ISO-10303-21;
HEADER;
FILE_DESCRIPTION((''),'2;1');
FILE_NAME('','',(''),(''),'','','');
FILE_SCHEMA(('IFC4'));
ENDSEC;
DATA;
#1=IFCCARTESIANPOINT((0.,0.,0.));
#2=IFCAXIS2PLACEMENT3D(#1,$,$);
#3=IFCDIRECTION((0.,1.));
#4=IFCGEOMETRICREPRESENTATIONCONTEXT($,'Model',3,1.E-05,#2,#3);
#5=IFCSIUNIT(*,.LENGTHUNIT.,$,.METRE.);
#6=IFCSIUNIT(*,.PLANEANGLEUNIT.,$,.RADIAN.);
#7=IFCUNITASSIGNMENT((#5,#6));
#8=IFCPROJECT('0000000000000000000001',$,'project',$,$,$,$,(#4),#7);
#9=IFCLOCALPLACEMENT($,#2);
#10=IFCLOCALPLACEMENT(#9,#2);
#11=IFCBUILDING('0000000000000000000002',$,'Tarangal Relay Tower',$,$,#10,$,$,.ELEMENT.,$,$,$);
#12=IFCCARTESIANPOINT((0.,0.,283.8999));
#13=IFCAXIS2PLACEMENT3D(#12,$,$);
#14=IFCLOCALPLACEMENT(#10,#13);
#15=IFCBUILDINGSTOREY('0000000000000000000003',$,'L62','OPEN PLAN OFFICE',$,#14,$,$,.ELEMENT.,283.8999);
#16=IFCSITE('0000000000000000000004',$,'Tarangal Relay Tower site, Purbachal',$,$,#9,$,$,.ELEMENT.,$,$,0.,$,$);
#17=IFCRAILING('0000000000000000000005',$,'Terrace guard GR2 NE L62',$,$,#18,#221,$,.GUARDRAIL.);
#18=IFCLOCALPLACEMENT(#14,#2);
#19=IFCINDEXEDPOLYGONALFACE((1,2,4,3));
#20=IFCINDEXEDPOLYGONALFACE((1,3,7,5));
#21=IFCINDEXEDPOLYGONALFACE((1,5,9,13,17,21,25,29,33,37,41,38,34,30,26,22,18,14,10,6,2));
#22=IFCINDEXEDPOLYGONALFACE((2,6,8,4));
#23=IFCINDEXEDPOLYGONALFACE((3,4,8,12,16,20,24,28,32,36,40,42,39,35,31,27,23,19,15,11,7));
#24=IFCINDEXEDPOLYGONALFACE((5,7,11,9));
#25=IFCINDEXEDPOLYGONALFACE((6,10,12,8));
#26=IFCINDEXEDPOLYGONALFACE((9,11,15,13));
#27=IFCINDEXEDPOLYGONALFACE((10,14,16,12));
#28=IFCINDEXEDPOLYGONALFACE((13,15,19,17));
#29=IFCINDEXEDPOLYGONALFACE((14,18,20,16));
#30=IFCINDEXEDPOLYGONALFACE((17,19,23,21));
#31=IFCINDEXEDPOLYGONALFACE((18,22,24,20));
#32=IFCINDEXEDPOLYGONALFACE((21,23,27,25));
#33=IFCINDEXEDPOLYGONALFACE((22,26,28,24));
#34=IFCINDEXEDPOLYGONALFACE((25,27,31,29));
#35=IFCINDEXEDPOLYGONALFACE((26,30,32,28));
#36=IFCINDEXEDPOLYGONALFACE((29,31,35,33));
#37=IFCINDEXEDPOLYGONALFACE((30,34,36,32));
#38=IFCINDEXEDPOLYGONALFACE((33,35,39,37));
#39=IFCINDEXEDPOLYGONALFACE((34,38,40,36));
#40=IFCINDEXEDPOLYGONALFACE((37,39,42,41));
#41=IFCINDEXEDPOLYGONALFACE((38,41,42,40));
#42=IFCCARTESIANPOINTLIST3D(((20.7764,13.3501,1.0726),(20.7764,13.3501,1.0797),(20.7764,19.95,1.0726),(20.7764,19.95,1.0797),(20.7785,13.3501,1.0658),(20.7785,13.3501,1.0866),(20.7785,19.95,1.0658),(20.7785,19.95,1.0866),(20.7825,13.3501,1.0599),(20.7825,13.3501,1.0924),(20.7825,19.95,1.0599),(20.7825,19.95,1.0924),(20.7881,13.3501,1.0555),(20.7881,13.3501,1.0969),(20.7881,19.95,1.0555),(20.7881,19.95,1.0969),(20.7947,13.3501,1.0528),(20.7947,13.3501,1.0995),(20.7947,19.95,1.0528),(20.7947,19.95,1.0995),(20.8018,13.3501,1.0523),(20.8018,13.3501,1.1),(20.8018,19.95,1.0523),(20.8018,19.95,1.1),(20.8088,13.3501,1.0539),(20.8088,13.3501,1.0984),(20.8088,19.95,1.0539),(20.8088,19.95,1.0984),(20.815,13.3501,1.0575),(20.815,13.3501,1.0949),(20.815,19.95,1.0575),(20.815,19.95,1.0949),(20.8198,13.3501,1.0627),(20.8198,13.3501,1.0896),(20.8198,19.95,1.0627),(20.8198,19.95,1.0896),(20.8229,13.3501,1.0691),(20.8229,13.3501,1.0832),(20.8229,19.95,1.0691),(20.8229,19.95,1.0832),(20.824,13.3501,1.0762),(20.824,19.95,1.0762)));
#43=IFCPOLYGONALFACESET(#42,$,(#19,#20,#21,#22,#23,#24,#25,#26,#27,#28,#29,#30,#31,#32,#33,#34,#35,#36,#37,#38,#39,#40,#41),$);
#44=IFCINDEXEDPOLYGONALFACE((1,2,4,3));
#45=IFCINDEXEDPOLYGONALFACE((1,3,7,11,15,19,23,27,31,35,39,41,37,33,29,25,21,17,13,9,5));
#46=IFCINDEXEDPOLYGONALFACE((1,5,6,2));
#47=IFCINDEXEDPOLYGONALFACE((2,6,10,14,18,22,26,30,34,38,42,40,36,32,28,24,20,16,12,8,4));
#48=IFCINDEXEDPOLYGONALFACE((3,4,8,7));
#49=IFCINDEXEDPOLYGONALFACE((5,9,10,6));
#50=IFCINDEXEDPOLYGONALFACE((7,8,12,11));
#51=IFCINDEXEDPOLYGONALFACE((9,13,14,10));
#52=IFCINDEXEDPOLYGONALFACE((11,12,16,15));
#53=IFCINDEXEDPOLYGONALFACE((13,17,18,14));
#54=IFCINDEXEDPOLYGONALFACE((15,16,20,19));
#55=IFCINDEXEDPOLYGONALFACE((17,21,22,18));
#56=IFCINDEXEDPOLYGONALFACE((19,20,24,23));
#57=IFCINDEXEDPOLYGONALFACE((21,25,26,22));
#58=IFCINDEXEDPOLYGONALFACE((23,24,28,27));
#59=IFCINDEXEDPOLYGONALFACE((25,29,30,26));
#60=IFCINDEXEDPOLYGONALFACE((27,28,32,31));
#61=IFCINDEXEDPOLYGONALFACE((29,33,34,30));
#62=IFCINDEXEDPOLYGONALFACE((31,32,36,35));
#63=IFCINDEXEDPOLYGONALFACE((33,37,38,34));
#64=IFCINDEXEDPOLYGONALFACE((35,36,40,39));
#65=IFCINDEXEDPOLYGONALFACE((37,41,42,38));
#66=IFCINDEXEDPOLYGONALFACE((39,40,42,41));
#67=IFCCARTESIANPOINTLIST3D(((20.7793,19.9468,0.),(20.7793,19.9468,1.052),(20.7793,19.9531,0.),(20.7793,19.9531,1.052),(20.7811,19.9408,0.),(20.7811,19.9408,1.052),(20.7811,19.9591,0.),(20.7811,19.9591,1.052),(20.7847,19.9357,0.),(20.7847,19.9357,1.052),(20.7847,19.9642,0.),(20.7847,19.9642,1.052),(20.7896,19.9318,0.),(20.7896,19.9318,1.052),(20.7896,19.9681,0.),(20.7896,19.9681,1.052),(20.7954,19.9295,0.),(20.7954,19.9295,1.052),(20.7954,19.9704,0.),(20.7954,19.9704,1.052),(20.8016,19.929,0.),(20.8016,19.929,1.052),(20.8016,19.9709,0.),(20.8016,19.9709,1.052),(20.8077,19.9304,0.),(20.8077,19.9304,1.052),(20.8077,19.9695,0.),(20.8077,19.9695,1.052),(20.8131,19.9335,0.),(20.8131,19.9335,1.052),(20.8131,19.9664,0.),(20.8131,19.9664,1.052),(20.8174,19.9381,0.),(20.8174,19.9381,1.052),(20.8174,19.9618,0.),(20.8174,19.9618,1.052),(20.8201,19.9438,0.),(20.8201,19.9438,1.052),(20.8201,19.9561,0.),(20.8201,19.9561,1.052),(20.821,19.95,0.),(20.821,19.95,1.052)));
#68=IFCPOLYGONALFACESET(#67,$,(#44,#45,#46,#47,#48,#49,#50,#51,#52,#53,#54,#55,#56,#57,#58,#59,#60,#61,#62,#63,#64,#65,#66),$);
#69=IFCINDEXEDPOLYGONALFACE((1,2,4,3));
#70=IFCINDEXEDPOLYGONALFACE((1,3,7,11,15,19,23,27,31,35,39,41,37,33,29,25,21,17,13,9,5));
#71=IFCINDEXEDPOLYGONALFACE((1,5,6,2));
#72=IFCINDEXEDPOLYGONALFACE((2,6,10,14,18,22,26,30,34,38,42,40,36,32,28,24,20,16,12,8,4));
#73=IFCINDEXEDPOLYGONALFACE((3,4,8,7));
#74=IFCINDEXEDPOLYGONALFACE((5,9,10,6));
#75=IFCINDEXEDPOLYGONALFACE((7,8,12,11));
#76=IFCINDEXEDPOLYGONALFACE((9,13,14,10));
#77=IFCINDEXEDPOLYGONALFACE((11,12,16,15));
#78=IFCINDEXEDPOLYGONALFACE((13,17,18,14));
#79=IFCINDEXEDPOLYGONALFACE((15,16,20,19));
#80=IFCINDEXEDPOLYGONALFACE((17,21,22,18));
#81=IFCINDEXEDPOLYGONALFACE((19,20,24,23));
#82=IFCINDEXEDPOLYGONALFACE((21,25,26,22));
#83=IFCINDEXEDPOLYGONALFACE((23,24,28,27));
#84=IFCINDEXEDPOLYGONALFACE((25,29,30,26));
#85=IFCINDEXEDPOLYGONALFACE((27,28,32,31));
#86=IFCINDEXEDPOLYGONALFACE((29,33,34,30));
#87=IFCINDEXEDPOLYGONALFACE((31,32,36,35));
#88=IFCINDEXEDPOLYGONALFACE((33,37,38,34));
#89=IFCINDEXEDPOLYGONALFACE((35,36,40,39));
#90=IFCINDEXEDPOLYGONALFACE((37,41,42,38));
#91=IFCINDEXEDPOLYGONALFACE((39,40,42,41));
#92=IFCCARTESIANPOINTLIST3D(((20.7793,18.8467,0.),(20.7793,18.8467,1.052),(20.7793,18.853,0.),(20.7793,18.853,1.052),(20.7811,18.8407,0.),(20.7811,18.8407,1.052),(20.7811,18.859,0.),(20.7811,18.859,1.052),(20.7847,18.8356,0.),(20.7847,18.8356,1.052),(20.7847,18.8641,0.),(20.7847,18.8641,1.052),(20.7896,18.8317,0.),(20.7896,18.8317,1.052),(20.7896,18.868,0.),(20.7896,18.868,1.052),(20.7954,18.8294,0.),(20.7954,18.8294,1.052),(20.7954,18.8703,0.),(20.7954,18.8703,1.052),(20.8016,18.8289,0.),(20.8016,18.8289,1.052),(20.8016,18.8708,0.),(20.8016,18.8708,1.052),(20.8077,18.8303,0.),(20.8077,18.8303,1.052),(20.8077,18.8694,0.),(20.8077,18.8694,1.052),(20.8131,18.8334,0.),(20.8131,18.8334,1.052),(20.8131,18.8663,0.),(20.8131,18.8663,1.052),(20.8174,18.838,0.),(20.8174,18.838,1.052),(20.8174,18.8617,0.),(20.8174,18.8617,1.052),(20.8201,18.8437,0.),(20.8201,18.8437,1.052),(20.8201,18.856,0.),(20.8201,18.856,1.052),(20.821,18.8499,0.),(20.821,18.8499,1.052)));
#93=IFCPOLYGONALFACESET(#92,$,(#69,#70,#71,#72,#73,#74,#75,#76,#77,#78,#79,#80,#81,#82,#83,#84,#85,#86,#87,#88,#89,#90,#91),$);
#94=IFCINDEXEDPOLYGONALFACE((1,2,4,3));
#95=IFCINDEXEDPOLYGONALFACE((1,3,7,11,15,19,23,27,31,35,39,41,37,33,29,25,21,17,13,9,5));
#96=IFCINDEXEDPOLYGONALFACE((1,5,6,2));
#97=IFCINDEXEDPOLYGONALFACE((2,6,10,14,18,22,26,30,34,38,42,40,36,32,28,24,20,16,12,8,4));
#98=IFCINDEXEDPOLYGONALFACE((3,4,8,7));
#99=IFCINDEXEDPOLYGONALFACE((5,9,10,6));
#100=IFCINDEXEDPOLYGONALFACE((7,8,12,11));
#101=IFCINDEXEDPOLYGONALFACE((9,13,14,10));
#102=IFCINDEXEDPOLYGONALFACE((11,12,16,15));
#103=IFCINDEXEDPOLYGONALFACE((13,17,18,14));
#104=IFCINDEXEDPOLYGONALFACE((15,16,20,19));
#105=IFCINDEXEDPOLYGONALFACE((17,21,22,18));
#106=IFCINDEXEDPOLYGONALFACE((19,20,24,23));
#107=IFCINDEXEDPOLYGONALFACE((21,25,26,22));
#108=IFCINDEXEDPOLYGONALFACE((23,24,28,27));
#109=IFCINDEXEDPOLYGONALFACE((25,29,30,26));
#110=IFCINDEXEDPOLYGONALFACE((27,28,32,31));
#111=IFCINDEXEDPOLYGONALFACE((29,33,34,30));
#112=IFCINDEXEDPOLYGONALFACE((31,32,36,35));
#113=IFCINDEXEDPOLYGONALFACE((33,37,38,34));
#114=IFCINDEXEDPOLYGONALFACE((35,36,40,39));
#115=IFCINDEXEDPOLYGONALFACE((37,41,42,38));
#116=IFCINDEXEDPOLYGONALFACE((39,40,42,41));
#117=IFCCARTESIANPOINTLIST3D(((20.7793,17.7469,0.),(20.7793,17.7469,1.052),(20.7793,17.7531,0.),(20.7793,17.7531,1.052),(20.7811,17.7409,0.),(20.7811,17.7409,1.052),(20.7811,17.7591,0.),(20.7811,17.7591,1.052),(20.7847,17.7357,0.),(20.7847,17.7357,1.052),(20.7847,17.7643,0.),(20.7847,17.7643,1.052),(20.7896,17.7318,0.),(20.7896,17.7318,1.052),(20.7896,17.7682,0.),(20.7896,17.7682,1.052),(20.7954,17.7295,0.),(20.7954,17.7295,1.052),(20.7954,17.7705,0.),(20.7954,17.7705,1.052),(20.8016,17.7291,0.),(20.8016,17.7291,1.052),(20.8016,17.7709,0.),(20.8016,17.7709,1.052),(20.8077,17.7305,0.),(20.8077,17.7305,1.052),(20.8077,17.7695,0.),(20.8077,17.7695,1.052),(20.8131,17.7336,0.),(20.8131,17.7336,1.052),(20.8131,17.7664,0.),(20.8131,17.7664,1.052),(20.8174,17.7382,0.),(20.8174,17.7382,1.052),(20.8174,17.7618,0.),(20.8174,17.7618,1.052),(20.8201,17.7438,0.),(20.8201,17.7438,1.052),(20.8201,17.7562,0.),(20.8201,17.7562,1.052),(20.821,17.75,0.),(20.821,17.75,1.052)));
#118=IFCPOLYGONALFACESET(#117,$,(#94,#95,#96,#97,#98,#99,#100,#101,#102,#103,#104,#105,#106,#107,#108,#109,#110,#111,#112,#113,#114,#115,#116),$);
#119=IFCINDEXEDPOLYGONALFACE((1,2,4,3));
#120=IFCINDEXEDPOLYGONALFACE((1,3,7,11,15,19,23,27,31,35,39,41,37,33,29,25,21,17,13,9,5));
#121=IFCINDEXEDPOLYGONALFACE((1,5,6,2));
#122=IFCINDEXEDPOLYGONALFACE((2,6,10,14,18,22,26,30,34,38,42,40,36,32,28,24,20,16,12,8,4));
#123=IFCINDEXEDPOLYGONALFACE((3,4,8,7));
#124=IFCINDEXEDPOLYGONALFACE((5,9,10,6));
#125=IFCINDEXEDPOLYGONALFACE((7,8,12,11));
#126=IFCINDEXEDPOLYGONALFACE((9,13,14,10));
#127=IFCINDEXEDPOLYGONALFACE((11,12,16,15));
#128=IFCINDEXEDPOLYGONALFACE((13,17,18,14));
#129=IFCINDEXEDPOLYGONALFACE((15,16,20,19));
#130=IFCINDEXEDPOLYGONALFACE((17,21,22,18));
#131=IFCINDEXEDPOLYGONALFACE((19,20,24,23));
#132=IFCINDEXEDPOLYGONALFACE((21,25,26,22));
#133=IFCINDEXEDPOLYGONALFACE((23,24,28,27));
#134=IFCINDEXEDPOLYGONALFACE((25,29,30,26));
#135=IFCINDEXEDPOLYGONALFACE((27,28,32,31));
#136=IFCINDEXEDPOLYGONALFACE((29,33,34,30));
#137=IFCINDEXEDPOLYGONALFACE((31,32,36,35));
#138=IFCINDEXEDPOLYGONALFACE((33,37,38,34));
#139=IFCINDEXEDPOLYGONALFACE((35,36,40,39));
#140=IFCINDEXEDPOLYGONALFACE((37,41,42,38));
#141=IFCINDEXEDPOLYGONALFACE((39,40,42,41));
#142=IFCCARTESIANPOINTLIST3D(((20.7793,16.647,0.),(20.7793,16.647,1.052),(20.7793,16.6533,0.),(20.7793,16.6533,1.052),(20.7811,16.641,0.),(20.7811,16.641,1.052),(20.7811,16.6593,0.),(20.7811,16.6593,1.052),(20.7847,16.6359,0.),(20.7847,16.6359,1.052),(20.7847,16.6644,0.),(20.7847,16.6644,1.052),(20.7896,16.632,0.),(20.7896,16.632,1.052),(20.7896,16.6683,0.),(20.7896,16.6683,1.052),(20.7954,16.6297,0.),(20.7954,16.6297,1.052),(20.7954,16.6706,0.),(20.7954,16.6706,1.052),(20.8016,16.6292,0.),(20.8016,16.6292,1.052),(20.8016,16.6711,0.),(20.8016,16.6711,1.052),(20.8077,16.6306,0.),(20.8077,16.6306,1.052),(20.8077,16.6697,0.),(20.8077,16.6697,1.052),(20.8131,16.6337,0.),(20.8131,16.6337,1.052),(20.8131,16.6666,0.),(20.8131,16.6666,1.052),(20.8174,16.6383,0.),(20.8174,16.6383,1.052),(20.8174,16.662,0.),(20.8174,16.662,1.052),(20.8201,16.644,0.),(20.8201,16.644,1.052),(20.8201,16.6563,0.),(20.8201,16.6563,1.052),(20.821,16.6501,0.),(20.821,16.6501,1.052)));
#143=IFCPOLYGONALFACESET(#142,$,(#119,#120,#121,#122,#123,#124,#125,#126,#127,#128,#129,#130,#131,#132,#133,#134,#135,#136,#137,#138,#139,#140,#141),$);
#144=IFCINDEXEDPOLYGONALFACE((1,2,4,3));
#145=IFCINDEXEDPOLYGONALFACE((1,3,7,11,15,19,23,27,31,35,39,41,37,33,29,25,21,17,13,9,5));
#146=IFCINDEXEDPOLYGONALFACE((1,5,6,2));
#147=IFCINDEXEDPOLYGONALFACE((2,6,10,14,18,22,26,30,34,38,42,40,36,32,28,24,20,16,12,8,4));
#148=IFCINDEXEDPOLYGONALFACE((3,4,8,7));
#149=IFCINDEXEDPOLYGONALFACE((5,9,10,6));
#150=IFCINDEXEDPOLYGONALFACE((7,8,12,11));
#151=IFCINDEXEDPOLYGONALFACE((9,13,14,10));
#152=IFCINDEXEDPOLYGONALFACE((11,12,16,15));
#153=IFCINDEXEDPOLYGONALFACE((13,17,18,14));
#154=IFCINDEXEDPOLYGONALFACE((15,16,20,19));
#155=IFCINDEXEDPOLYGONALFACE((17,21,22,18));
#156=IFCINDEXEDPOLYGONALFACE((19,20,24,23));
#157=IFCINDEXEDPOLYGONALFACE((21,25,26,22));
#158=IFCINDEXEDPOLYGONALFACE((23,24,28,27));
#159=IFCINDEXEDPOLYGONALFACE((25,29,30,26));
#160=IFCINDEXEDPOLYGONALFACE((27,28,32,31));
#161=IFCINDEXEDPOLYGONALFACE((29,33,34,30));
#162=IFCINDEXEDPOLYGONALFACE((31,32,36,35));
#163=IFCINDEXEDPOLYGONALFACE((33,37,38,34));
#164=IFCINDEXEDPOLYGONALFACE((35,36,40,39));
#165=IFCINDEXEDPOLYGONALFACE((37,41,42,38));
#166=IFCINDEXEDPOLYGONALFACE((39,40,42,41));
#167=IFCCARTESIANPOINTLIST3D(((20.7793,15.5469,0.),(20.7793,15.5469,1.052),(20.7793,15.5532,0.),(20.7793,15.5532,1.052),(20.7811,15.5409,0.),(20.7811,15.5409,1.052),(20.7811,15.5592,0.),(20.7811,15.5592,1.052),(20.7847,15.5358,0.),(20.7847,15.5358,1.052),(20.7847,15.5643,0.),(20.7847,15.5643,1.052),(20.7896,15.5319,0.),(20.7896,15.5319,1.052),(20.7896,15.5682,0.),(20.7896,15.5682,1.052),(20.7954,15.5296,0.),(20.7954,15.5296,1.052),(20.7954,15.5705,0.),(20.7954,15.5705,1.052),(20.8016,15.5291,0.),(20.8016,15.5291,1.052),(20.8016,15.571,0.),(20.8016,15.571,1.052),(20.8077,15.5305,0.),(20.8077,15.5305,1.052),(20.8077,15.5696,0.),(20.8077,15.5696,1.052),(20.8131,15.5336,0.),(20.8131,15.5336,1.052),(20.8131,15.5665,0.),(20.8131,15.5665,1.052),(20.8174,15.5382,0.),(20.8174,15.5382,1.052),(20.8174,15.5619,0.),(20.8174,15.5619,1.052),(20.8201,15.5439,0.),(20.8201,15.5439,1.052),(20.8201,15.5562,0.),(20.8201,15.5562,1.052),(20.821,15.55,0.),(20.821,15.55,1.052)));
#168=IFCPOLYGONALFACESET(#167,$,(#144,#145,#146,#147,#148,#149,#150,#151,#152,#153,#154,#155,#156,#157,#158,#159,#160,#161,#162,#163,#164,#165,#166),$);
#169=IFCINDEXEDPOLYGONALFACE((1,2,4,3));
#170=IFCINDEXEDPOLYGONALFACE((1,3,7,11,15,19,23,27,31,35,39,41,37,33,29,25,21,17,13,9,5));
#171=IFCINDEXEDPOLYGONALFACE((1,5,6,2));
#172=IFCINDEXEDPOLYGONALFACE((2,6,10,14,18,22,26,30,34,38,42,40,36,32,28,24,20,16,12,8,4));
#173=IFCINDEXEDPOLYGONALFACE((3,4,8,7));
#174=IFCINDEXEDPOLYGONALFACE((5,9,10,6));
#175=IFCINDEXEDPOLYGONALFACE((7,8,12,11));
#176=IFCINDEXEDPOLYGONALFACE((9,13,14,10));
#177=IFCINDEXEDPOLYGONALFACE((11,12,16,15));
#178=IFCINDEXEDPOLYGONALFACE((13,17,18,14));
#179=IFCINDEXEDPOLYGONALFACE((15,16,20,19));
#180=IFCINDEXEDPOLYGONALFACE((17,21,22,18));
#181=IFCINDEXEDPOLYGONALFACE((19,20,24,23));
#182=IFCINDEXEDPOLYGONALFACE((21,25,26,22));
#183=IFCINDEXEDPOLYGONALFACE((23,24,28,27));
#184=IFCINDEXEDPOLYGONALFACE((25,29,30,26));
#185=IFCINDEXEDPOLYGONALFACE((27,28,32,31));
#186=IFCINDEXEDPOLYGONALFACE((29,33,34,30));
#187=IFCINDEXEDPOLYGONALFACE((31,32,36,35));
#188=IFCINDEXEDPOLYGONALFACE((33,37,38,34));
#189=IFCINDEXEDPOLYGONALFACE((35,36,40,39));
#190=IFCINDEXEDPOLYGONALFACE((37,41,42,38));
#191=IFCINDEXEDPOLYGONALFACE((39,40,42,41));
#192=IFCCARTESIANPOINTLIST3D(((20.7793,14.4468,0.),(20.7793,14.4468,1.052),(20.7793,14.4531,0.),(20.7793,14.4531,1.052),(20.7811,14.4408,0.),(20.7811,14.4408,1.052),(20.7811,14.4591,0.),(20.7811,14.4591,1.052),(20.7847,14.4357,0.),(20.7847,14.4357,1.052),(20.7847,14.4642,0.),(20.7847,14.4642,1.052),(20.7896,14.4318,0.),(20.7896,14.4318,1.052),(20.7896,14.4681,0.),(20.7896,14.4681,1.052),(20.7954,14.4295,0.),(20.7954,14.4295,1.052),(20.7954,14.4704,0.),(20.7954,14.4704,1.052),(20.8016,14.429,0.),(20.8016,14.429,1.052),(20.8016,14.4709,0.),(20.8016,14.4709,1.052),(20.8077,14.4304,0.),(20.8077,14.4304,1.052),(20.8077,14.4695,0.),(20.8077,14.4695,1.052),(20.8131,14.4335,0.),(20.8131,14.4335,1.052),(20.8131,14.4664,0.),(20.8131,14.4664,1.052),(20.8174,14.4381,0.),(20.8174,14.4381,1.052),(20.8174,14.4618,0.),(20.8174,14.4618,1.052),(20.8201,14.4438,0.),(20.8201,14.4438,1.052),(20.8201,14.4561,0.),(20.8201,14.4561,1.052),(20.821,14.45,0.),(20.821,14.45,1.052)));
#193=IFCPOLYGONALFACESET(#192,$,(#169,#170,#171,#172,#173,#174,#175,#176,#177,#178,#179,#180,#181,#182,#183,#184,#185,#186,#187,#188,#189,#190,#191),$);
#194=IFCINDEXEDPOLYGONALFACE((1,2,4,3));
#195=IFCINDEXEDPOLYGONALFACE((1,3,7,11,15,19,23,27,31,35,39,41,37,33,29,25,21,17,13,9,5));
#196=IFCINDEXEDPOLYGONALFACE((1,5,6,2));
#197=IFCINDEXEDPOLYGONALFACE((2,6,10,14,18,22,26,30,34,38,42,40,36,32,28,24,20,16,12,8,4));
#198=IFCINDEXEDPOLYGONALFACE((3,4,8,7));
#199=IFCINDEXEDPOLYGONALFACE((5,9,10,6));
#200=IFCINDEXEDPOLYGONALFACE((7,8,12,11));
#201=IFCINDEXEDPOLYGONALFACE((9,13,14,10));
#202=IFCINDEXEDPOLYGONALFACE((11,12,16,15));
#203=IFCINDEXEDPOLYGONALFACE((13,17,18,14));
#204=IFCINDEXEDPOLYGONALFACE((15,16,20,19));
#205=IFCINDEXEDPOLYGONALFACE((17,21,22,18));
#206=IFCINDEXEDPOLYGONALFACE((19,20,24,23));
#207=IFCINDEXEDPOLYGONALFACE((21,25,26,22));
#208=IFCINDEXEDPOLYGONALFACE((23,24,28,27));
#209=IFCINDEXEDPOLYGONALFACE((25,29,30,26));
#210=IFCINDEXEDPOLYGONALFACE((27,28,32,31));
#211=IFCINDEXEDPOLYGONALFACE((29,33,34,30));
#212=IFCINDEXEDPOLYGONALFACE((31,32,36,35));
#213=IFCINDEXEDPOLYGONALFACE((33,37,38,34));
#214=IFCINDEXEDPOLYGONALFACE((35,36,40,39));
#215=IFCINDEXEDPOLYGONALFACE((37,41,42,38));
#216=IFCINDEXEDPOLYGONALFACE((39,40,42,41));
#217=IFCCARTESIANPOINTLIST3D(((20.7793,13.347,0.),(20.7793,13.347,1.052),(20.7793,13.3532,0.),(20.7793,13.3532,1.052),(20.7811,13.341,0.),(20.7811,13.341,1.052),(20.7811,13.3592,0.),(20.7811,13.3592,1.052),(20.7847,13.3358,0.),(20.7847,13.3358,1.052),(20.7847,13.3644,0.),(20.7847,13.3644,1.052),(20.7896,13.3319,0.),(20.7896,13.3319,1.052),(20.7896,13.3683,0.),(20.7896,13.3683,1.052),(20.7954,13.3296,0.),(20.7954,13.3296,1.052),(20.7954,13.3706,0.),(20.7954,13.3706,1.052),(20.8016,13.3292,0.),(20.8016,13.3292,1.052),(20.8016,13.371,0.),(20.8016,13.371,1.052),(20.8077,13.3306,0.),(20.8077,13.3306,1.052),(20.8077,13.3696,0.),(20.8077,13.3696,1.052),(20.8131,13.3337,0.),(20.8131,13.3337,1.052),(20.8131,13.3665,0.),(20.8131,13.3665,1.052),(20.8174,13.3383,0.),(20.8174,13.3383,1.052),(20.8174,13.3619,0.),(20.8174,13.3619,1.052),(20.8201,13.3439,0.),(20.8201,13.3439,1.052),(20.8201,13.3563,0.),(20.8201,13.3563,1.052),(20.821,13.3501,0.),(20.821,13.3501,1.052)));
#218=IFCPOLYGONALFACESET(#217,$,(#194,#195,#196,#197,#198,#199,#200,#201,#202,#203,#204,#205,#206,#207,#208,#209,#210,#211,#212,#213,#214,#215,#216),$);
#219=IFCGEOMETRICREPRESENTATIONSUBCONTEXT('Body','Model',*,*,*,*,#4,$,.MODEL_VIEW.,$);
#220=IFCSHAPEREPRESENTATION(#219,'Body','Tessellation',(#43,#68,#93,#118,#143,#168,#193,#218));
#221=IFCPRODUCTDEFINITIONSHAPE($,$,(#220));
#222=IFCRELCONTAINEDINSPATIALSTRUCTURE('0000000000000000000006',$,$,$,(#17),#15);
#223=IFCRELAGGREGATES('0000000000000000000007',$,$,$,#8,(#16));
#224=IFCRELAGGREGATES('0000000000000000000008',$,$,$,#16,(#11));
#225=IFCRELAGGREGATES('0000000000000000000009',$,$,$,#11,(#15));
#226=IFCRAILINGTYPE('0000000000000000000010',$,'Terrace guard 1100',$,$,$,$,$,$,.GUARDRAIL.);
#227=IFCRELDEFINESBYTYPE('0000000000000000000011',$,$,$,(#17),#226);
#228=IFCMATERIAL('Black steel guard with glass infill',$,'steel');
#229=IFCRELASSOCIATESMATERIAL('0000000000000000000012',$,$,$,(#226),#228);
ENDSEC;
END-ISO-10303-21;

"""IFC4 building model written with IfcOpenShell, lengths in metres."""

from ifc_helpers import new_model, si_unit, direction, frame, origin, origin_2d, place, context, subcontext, project, spatial, circle, extrude, material, type_object, element, save


model = new_model("IFC4")

# Units and contexts
model_context = context("Model", 3, precision=1e-05, world=origin(), true_north=direction((0.0, 1.0)))
body_context = subcontext(model_context, "Body", "Model", "MODEL_VIEW")
ifc_project = project(units=[si_unit("LENGTHUNIT", "METRE"), si_unit("PLANEANGLEUNIT", "RADIAN")], contexts=[model_context])

# Site, building, storey
site_placement = place(None, origin())
site = spatial("IfcSite", under=ifc_project, at=site_placement, Name="Tarangal Relay Tower site, Purbachal", CompositionType="ELEMENT", RefElevation=0.0)
building_placement = place(site_placement, origin())
building = spatial("IfcBuilding", under=site, at=building_placement, Name="Tarangal Relay Tower", CompositionType="ELEMENT")
storey_placement = place(building_placement, frame((0.0, 0.0, 283.8999)))
storey = spatial("IfcBuildingStorey", under=building, at=storey_placement, Name="L62", Description="OPEN PLAN OFFICE", CompositionType="ELEMENT", Elevation=283.8999)

# Railing
ifc_material_1 = material(Name="Black steel guard with glass infill", Category="steel")
railing_type = type_object("IfcRailingType", Name="Terrace guard 1100", PredefinedType="GUARDRAIL", material=ifc_material_1)
railing_1_placement = place(storey_placement, frame((20.8, 19.95, 0.0)))
element("IfcRailing", 1, at=railing_1_placement, inside=storey, type_object=railing_type, Name="Terrace guard GR2 NE L62", PredefinedType="GUARDRAIL", context=body_context, shape_type="SweptSolid", body=[
    extrude(circle(Radius=0.0239, at=origin_2d()), frame((0.0, 0.0, 1.0762), z_axis=(0.0, -1.0, 0.0), x_axis=(1.0, 0.0, 0.0)), (0.0, 0.0, 1.0), 6.5999),
    extrude(circle(Radius=0.021, at=origin_2d()), origin(), (0.0, 0.0, 1.0), 1.052),
    extrude(circle(Radius=0.021, at=origin_2d()), frame((0.0, -1.1001, 0.0)), (0.0, 0.0, 1.0), 1.052),
    extrude(circle(Radius=0.021, at=origin_2d()), frame((0.0, -2.2, 0.0)), (0.0, 0.0, 1.0), 1.052),
    extrude(circle(Radius=0.021, at=origin_2d()), frame((0.0, -3.2998, 0.0)), (0.0, 0.0, 1.0), 1.052),
    extrude(circle(Radius=0.021, at=origin_2d()), frame((0.0, -4.3999, 0.0)), (0.0, 0.0, 1.0), 1.052),
    extrude(circle(Radius=0.021, at=origin_2d()), frame((0.0, -5.5, 0.0)), (0.0, 0.0, 1.0), 1.052),
    extrude(circle(Radius=0.021, at=origin_2d()), frame((0.0, -6.5999, 0.0)), (0.0, 0.0, 1.0), 1.052),
])

save(model, "model.ifc")
